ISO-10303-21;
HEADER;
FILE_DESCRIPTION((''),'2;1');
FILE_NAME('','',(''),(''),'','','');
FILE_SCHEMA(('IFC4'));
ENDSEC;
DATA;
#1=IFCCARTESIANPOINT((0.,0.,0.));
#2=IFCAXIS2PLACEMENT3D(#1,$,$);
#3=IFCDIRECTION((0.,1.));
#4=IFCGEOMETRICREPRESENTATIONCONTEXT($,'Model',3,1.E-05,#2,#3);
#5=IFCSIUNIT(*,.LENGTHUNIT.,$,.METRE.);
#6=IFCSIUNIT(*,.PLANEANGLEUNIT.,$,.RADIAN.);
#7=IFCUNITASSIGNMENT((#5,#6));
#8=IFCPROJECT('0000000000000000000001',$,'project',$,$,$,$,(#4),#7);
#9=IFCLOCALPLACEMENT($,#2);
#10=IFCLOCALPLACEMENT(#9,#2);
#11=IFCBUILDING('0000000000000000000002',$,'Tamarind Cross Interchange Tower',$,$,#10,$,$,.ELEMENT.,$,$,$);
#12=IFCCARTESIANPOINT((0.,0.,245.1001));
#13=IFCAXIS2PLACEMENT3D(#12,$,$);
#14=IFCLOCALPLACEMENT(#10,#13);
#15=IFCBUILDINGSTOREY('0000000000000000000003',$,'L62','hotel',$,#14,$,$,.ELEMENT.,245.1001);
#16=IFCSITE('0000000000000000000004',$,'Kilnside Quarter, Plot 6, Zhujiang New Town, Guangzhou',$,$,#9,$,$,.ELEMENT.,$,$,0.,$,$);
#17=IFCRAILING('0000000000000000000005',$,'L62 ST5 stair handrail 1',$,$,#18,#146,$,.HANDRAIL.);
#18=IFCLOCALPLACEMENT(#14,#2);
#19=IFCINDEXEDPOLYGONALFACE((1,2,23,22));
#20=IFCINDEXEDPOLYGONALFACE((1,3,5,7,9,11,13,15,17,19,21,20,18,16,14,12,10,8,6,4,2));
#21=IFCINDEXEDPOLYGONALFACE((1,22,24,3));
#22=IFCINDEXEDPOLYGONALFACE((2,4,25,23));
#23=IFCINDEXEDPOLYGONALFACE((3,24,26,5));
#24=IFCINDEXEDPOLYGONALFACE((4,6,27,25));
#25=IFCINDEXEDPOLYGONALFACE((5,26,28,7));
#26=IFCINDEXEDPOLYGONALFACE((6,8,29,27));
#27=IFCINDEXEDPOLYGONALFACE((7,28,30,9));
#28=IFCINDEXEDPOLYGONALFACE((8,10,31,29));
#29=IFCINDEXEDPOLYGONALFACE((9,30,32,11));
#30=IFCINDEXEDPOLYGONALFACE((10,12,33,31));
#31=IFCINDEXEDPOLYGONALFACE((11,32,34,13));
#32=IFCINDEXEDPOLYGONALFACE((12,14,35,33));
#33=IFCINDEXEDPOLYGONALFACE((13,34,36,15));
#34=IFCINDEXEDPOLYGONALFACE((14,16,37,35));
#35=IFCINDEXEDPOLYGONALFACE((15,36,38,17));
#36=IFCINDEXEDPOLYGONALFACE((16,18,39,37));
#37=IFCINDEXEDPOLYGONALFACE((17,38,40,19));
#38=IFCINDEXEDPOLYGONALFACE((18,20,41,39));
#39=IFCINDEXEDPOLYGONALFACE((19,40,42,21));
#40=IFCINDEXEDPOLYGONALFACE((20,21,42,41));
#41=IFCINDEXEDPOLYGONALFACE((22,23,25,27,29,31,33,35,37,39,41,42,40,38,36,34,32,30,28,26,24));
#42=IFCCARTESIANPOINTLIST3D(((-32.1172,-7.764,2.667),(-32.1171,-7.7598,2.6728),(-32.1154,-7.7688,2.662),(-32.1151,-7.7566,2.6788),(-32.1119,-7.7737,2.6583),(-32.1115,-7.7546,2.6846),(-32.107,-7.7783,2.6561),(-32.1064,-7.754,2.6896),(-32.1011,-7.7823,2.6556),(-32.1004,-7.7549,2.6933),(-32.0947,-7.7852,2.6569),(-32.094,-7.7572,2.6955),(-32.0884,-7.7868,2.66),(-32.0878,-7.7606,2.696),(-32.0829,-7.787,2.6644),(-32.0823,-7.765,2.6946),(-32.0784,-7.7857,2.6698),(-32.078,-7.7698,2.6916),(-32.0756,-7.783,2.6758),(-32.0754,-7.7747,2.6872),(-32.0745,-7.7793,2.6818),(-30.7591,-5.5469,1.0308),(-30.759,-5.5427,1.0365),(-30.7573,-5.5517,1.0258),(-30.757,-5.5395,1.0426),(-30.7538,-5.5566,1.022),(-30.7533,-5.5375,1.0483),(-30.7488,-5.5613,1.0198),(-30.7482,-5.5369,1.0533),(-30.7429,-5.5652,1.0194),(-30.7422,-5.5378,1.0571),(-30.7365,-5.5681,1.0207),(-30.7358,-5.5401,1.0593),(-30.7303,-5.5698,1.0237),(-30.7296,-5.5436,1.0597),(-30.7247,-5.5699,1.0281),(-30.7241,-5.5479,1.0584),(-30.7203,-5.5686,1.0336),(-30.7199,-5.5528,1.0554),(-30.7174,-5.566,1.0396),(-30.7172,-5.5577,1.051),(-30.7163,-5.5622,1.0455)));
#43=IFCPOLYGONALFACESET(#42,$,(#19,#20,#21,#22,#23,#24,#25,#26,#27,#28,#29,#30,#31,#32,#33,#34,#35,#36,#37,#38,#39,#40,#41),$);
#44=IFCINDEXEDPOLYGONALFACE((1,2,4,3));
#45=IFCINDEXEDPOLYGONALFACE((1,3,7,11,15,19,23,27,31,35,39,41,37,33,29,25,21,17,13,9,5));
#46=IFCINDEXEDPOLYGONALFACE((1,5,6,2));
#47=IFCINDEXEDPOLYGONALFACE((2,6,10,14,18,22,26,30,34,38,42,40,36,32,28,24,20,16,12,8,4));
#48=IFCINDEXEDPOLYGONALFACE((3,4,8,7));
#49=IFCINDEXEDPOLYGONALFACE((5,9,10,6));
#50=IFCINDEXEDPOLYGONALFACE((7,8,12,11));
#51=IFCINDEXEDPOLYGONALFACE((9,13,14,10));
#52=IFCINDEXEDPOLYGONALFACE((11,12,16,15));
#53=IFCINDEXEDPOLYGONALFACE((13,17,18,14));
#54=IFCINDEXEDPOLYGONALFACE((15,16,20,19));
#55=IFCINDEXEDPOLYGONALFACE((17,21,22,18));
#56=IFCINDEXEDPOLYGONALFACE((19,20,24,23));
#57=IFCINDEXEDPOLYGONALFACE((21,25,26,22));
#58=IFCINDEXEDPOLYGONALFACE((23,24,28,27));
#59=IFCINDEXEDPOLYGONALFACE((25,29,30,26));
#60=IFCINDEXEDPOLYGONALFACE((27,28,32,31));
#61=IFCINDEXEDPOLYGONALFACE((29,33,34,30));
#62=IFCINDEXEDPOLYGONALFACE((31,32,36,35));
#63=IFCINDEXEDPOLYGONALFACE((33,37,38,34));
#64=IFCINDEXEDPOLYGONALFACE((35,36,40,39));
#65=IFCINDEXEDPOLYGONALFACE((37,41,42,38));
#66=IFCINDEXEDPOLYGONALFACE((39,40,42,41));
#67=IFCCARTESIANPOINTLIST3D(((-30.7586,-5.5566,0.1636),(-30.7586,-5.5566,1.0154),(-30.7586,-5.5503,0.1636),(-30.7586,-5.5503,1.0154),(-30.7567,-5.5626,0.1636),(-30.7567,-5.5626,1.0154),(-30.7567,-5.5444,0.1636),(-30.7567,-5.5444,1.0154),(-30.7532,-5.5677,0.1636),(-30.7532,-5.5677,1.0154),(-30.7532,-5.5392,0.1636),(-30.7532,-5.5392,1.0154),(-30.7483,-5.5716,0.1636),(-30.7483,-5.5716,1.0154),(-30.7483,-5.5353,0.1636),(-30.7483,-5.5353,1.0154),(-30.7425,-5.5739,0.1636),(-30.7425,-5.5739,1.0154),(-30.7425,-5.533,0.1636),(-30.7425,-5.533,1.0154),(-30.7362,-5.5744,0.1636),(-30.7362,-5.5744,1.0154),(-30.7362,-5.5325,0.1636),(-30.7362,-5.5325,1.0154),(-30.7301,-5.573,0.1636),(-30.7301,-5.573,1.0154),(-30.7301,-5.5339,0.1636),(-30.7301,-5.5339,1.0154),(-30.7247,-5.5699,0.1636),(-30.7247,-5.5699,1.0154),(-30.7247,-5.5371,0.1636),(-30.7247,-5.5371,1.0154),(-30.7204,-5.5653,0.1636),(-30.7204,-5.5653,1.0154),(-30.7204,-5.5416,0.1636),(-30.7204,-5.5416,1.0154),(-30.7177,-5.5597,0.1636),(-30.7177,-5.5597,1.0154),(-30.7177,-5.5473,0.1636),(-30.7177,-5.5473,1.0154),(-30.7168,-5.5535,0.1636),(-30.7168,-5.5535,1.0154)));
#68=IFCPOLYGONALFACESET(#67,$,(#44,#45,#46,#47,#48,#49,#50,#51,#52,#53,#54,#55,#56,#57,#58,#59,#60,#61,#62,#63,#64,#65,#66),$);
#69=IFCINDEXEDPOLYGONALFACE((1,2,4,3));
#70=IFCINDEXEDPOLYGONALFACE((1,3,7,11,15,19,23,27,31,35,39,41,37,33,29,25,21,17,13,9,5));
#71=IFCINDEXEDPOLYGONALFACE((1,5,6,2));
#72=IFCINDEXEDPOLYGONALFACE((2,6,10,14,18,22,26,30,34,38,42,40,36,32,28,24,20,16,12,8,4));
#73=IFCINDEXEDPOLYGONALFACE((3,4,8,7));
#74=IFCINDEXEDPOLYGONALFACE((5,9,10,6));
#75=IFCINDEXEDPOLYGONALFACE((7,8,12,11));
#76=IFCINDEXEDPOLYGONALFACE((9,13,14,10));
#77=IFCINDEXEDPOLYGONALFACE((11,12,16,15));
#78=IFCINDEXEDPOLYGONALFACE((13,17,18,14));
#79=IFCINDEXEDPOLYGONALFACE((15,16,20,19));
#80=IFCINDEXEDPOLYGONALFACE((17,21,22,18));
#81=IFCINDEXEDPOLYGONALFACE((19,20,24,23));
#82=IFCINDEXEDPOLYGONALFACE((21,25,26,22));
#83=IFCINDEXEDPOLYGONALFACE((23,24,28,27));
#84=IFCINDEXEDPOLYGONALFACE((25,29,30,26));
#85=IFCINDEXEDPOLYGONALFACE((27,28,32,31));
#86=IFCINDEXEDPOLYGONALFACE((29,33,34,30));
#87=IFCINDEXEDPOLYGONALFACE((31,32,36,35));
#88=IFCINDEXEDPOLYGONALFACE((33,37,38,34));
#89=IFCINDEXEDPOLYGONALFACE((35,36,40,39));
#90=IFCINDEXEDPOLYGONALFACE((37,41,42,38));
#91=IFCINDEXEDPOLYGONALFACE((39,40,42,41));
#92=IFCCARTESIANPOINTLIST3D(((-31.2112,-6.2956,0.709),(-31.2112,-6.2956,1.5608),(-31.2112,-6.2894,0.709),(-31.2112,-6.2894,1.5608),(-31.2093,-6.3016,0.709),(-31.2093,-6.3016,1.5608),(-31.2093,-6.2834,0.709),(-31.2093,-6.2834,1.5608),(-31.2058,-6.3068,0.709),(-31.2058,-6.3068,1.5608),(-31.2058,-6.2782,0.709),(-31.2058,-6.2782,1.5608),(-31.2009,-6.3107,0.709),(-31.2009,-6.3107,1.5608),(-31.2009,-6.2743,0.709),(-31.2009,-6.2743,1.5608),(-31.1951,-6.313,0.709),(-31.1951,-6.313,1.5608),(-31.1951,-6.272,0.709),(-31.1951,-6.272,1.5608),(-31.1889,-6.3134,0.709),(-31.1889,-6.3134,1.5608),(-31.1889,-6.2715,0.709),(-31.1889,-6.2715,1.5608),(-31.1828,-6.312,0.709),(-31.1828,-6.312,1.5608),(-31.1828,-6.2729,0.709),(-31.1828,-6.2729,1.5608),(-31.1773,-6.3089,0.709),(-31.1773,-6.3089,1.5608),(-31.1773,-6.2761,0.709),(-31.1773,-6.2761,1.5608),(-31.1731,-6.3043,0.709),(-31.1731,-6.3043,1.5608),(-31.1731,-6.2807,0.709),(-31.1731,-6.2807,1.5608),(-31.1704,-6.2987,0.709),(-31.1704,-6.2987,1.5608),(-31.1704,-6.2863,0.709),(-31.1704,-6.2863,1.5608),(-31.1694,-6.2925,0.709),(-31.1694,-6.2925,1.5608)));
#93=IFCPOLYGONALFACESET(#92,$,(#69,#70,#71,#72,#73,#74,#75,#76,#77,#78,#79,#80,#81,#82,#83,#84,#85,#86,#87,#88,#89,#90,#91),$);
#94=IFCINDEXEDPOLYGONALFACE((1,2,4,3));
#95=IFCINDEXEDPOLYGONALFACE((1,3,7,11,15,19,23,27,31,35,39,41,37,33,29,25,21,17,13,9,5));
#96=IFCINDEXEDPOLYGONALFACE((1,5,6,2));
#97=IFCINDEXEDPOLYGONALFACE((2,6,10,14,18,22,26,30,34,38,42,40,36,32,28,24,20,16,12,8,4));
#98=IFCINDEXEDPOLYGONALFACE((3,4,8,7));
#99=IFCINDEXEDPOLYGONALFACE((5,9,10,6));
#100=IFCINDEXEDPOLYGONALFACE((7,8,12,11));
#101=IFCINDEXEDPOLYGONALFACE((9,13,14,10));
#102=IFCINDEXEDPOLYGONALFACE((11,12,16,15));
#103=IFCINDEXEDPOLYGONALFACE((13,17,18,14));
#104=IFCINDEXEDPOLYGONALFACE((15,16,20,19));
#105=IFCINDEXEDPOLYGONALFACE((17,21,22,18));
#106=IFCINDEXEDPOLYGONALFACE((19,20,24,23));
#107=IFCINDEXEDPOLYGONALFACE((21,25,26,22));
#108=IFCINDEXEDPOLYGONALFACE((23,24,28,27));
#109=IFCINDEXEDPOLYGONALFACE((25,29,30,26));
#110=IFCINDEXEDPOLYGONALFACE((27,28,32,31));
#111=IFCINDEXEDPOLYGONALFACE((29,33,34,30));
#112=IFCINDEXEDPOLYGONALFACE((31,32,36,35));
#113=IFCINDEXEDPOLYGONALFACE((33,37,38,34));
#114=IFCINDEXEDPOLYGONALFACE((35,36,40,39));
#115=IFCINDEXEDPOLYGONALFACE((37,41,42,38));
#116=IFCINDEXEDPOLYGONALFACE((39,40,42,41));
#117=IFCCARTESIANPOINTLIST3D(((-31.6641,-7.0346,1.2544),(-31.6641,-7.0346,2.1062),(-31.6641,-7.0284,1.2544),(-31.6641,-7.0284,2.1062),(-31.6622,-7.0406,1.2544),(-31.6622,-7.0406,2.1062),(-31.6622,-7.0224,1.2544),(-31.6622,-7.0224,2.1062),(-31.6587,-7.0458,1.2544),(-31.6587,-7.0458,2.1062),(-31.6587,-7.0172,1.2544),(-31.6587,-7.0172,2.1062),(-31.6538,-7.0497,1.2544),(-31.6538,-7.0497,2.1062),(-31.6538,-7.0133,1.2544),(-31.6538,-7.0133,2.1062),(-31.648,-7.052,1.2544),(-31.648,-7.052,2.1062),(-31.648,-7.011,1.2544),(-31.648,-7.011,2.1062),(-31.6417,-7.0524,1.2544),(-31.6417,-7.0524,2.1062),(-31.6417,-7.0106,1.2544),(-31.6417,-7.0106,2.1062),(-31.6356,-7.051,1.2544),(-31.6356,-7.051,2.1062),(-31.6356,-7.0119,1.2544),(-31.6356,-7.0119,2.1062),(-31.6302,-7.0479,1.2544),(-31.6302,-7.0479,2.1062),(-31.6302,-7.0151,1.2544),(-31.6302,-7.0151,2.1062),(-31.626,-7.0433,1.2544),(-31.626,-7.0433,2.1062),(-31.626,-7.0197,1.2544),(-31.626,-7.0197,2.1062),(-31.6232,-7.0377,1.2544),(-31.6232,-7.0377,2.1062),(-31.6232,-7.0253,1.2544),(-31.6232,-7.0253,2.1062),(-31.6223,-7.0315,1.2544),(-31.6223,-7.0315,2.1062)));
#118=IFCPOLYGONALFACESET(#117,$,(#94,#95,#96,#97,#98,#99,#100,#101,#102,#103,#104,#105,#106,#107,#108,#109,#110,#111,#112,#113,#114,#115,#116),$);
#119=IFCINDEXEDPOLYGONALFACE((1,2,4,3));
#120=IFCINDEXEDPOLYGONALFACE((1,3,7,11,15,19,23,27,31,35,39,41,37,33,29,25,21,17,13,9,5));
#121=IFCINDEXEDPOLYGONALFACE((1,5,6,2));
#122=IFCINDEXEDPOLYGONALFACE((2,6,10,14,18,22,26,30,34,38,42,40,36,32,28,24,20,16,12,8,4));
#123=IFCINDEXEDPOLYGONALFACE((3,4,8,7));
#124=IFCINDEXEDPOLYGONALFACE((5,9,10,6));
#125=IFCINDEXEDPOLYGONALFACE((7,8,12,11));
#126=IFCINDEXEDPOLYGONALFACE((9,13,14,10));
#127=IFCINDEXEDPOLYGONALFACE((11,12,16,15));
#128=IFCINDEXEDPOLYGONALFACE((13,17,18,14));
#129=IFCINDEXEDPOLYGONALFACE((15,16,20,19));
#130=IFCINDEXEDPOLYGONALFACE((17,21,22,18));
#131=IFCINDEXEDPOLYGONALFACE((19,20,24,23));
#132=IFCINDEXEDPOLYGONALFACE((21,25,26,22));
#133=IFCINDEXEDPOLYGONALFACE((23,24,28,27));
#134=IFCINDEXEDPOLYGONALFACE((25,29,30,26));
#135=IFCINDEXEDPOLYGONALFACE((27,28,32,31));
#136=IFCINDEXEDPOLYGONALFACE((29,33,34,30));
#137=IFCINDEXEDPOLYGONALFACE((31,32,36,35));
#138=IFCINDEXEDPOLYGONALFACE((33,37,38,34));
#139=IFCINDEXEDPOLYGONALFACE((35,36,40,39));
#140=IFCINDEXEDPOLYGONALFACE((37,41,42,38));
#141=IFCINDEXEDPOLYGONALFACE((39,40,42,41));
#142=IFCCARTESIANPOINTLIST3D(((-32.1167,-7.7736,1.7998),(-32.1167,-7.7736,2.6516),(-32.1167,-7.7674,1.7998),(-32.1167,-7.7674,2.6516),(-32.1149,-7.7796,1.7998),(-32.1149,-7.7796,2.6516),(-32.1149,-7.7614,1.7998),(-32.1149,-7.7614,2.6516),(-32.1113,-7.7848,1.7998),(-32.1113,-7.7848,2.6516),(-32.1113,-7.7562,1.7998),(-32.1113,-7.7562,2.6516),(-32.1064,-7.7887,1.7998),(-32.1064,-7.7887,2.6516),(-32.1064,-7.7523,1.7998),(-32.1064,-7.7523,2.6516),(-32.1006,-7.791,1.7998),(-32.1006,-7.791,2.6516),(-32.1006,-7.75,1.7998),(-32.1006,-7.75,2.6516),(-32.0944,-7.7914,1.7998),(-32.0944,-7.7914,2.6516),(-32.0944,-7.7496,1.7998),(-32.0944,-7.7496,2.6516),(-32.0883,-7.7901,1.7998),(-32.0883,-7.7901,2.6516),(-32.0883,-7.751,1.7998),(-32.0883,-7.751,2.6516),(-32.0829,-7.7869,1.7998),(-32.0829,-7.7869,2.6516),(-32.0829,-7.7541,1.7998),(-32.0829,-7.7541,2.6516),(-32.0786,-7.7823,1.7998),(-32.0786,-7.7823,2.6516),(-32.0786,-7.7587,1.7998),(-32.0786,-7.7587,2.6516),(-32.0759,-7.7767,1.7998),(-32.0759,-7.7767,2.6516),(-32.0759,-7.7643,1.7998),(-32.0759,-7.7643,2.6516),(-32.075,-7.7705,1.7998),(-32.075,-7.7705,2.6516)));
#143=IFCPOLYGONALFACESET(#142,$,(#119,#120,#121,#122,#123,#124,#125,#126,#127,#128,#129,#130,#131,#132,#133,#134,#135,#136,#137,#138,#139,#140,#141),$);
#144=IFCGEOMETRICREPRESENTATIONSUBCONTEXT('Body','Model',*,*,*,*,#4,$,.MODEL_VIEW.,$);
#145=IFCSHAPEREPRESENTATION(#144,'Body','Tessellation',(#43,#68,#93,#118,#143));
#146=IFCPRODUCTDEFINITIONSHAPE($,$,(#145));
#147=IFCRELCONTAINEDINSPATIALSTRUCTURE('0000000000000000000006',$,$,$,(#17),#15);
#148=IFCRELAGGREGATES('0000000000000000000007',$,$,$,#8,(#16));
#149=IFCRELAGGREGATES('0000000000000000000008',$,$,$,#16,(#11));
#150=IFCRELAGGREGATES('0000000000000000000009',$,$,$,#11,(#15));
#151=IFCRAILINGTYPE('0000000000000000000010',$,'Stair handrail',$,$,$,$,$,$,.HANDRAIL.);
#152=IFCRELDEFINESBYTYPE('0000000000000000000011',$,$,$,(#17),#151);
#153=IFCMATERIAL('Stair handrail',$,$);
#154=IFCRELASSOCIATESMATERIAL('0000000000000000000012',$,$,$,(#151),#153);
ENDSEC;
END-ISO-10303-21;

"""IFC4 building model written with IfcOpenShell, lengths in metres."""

from ifc_helpers import new_model, si_unit, direction, frame, origin, origin_2d, place, context, subcontext, project, spatial, circle, extrude, material, type_object, element, save


model = new_model("IFC4")

# Units and contexts
model_context = context("Model", 3, precision=1e-05, world=origin(), true_north=direction((0.0, 1.0)))
body_context = subcontext(model_context, "Body", "Model", "MODEL_VIEW")
ifc_project = project(units=[si_unit("LENGTHUNIT", "METRE"), si_unit("PLANEANGLEUNIT", "RADIAN")], contexts=[model_context])

# Site, building, storey
site_placement = place(None, origin())
site = spatial("IfcSite", under=ifc_project, at=site_placement, Name="Kilnside Quarter, Plot 6, Zhujiang New Town, Guangzhou", CompositionType="ELEMENT", RefElevation=0.0)
building_placement = place(site_placement, origin())
building = spatial("IfcBuilding", under=site, at=building_placement, Name="Tamarind Cross Interchange Tower", CompositionType="ELEMENT")
storey_placement = place(building_placement, frame((0.0, 0.0, 245.1001)))
storey = spatial("IfcBuildingStorey", under=building, at=storey_placement, Name="L62", Description="hotel", CompositionType="ELEMENT", Elevation=245.1001)

# Railing
ifc_material_1 = material(Name="Stair handrail")
railing_type_1 = type_object("IfcRailingType", Name="Stair handrail", PredefinedType="HANDRAIL", material=ifc_material_1)
railing_1_placement = place(storey_placement, frame((-30.7378, -5.5535, 0.1636)))
element("IfcRailing", 1, at=railing_1_placement, inside=storey, type_object=railing_type_1, Name="L62 ST5 stair handrail 1", PredefinedType="HANDRAIL", context=body_context, shape_type="SweptSolid", body=[
    extrude(circle(Radius=0.0239, at=origin_2d()), frame((0.0, 0.0, 0.876), z_axis=(-0.442109, -0.721696, 0.532629), x_axis=(0.852717, -0.522373, 0.0)), (0.0, 0.0, 1.0), 3.072),
    extrude(circle(Radius=0.021, at=origin_2d()), origin(), (0.0, 0.0, 1.0), 0.8518),
    extrude(circle(Radius=0.021, at=origin_2d()), frame((-0.4526, -0.739, 0.5454)), (0.0, 0.0, 1.0), 0.8518),
    extrude(circle(Radius=0.021, at=origin_2d()), frame((-0.9055, -1.478, 1.0908)), (0.0, 0.0, 1.0), 0.8518),
    extrude(circle(Radius=0.021, at=origin_2d()), frame((-1.3582, -2.217, 1.6362)), (0.0, 0.0, 1.0), 0.8518),
])

save(model, "model.ifc")
